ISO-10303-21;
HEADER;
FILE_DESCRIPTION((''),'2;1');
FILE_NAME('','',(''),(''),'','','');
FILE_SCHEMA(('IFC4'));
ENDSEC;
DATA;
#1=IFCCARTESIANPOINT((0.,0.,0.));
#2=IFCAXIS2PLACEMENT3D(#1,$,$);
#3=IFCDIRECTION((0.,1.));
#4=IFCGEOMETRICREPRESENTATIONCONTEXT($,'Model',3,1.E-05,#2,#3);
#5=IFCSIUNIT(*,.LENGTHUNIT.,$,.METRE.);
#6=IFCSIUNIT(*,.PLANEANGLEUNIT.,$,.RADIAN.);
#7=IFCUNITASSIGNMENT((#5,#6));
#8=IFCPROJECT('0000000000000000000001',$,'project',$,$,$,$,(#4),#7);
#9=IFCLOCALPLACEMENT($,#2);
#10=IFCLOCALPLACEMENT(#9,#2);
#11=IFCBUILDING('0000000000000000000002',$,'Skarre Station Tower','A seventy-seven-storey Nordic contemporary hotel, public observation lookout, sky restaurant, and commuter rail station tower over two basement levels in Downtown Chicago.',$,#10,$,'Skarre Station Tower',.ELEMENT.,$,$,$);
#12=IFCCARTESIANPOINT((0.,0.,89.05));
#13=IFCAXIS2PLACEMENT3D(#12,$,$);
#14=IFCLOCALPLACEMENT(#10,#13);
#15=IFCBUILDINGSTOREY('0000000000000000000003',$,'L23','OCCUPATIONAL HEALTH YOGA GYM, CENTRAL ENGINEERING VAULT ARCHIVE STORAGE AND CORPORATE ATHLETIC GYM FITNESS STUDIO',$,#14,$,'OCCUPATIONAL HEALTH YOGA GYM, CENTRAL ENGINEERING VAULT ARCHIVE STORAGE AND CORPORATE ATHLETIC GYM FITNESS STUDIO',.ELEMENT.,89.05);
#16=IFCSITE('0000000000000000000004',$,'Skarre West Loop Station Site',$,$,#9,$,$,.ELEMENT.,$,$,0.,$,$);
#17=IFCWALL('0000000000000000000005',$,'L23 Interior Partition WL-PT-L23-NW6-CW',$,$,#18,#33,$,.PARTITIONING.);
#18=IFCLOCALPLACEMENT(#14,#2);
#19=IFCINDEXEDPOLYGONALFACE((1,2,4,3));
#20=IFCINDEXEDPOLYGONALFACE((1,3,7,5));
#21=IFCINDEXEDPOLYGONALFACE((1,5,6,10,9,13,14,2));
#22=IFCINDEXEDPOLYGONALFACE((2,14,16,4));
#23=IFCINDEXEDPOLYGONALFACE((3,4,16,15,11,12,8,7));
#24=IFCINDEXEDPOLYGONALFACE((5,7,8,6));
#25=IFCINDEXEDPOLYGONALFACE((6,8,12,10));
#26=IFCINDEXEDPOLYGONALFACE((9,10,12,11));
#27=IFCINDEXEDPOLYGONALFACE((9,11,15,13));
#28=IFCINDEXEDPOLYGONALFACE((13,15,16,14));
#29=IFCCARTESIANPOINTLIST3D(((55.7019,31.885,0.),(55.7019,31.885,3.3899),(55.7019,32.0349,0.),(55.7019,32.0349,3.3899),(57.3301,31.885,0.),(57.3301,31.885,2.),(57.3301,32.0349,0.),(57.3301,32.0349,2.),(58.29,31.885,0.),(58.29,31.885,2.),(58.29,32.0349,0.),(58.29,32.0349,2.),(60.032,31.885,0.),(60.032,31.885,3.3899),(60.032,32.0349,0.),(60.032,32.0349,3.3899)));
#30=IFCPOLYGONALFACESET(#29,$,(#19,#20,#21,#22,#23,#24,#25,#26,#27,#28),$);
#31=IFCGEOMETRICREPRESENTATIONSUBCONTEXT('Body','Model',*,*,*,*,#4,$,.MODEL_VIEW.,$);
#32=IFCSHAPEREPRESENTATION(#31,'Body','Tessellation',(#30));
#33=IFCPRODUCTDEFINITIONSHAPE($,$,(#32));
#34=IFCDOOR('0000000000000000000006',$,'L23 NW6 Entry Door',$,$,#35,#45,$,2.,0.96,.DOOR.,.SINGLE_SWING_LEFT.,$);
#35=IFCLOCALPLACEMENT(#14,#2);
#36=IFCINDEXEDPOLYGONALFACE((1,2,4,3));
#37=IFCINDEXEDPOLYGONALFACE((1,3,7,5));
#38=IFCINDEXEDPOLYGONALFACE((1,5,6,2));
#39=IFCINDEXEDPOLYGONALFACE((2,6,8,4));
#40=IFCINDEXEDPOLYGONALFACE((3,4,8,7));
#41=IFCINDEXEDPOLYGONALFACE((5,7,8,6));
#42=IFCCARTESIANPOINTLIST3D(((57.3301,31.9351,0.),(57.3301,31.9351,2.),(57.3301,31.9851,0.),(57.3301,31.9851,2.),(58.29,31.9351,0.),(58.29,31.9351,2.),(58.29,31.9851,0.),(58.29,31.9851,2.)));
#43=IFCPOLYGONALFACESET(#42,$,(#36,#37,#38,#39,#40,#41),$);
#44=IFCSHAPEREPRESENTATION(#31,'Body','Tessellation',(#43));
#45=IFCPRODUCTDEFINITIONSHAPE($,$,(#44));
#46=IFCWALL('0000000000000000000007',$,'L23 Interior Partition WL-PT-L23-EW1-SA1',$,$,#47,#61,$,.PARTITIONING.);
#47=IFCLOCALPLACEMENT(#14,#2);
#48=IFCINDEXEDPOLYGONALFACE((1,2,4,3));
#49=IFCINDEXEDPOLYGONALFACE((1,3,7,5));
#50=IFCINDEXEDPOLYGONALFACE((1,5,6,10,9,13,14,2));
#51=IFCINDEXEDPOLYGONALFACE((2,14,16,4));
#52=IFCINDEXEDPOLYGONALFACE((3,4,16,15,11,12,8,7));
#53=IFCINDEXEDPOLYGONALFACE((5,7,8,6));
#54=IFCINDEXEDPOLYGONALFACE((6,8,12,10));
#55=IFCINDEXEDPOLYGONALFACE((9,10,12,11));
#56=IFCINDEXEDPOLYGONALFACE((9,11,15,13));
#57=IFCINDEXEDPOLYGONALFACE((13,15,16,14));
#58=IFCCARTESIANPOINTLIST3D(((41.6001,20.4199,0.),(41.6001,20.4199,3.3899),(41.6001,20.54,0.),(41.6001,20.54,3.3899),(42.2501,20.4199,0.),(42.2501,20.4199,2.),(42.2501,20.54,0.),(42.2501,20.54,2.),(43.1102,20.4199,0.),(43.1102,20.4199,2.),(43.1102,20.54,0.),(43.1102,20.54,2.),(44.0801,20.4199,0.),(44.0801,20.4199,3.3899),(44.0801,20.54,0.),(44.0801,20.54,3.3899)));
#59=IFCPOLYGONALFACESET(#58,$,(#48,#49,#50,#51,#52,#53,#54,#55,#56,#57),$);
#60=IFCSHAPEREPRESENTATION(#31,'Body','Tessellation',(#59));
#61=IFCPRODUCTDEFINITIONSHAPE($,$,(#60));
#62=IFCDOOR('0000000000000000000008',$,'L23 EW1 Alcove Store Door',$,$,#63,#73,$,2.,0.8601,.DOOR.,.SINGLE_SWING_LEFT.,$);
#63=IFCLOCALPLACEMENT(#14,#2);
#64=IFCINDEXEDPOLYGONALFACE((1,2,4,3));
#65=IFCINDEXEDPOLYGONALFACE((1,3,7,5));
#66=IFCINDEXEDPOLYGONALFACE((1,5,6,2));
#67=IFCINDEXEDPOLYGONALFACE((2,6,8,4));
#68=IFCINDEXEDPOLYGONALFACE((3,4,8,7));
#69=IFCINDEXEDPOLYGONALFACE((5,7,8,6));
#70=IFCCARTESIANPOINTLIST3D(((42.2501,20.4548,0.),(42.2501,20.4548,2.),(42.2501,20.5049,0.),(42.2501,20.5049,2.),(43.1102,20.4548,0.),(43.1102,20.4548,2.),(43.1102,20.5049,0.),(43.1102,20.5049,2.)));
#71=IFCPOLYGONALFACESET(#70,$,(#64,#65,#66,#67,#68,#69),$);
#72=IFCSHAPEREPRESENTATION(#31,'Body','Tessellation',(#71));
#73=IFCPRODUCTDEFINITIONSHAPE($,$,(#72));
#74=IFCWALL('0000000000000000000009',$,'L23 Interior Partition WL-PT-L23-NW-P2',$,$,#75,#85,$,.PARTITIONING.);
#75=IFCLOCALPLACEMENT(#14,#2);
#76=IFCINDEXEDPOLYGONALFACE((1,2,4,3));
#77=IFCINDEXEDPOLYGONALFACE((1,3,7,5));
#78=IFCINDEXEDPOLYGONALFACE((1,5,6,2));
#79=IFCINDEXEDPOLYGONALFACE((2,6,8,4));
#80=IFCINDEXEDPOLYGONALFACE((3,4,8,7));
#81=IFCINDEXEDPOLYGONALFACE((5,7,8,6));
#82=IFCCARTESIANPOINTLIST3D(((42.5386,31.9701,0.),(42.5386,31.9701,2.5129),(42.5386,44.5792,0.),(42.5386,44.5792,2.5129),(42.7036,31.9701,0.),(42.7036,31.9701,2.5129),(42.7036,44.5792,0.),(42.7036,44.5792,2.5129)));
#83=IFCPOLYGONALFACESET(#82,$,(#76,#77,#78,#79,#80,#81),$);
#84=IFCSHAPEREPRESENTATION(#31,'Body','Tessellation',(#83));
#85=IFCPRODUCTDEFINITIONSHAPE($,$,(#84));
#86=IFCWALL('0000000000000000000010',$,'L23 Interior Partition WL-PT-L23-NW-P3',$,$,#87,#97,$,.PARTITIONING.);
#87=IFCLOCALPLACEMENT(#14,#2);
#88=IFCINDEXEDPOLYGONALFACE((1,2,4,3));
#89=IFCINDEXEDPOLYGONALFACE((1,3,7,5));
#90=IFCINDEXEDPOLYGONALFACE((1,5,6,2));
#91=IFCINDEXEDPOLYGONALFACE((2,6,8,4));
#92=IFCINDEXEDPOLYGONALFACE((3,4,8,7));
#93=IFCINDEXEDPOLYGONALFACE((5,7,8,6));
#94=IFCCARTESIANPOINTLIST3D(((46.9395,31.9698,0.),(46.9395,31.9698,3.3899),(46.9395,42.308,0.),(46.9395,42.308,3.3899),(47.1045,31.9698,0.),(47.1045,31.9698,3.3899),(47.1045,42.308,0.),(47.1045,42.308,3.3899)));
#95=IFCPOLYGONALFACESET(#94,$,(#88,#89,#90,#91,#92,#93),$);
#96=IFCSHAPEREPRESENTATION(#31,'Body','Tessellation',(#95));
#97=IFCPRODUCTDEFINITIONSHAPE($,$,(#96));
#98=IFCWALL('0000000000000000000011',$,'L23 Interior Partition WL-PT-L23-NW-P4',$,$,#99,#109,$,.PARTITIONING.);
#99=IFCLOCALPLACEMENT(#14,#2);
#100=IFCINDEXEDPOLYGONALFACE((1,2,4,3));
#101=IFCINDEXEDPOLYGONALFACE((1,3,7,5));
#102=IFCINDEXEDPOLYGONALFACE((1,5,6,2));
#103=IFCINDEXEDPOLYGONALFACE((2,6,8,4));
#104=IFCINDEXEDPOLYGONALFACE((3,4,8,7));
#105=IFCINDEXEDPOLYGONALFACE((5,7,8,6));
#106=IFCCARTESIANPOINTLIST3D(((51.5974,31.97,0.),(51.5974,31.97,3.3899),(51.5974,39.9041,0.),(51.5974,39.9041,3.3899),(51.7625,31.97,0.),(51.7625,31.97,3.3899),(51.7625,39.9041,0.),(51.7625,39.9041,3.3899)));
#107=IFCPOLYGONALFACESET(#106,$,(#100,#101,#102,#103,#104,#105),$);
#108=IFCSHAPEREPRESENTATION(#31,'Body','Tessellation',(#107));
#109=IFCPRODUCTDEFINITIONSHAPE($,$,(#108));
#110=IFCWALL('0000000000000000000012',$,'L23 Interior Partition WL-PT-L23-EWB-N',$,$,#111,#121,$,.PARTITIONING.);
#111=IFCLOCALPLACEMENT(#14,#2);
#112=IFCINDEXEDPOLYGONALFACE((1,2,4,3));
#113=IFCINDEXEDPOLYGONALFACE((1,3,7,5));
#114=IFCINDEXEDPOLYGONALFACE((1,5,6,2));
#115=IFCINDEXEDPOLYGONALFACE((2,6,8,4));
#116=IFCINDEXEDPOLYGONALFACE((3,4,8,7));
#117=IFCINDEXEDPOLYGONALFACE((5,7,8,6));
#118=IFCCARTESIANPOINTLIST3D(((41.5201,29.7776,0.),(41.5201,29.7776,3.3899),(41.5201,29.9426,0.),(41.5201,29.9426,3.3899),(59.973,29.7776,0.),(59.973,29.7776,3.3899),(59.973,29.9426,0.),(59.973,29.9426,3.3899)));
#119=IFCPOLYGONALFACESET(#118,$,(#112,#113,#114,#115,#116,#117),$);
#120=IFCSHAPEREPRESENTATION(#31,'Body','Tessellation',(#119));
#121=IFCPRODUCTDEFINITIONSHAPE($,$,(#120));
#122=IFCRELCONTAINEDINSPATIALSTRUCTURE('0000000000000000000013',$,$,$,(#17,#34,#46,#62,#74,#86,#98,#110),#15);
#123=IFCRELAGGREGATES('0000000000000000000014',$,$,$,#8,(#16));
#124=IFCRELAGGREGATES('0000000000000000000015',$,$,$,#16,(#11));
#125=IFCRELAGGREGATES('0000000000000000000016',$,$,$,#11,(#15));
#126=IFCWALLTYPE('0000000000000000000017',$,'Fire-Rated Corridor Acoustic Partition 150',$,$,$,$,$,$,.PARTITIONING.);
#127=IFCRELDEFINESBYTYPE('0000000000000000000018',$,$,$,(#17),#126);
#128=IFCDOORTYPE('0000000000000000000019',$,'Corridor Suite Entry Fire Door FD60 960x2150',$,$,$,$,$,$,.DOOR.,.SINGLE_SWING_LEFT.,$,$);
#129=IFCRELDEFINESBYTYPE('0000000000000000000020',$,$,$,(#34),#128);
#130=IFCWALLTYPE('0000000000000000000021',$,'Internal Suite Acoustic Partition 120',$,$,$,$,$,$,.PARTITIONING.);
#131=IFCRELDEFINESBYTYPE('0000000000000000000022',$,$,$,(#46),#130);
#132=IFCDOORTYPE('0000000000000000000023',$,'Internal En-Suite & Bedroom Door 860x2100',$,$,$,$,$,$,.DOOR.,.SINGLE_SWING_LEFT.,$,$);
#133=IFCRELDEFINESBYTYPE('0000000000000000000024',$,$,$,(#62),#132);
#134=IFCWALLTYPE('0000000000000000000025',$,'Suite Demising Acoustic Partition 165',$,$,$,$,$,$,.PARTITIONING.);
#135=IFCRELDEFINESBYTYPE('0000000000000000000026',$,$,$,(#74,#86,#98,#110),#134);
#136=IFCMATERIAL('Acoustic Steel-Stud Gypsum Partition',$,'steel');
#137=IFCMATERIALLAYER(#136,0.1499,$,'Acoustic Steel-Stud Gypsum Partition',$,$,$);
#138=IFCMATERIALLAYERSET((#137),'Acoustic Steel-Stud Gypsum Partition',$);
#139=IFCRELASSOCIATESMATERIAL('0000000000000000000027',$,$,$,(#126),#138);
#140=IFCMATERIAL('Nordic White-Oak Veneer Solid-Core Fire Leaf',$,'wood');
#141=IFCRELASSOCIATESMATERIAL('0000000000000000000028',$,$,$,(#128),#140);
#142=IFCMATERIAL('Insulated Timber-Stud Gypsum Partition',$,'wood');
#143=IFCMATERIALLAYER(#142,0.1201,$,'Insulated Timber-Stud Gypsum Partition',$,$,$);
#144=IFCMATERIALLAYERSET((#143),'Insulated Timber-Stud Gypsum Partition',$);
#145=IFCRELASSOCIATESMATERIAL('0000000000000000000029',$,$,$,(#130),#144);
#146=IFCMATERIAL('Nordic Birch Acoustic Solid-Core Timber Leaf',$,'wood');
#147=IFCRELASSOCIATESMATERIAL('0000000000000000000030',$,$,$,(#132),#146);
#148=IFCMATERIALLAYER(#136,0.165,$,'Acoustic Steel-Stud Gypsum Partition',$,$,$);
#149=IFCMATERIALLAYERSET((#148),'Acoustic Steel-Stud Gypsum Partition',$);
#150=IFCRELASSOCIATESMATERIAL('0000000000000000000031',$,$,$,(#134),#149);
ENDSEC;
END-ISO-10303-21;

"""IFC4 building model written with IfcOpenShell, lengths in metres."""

from ifc_helpers import new_model, si_unit, direction, frame, frame_2d, origin, place, context, subcontext, project, spatial, rectangle, extrude, material, layer, layer_set, type_object, element, fill, save


model = new_model("IFC4")

# Units and contexts
model_context = context("Model", 3, precision=1e-05, world=origin(), true_north=direction((0.0, 1.0)))
body_context = subcontext(model_context, "Body", "Model", "MODEL_VIEW")
ifc_project = project(units=[si_unit("LENGTHUNIT", "METRE"), si_unit("PLANEANGLEUNIT", "RADIAN")], contexts=[model_context])

# Site, building, storey
site_placement = place(None, origin())
site = spatial("IfcSite", under=ifc_project, at=site_placement, Name="Skarre West Loop Station Site", CompositionType="ELEMENT", RefElevation=0.0)
building_placement = place(site_placement, origin())
building = spatial("IfcBuilding", under=site, at=building_placement, Name="Skarre Station Tower", Description="A seventy-seven-storey Nordic contemporary hotel, public observation lookout, sky restaurant, and commuter rail station tower over two basement levels in Downtown Chicago.", LongName="Skarre Station Tower", CompositionType="ELEMENT")
storey_placement = place(building_placement, frame((0.0, 0.0, 89.05)))
storey = spatial("IfcBuildingStorey", under=building, at=storey_placement, Name="L23", Description="OCCUPATIONAL HEALTH YOGA GYM, CENTRAL ENGINEERING VAULT ARCHIVE STORAGE AND CORPORATE ATHLETIC GYM FITNESS STUDIO", LongName="OCCUPATIONAL HEALTH YOGA GYM, CENTRAL ENGINEERING VAULT ARCHIVE STORAGE AND CORPORATE ATHLETIC GYM FITNESS STUDIO", CompositionType="ELEMENT", Elevation=89.05)

# Walls, openings, doors
ifc_material_1 = material(Name="Acoustic Steel-Stud Gypsum Partition", Category="steel")
ifc_layer_1 = layer(ifc_material_1, 0.1499, Name="Acoustic Steel-Stud Gypsum Partition")
ifc_layer_set_1 = layer_set([ifc_layer_1], Name="Acoustic Steel-Stud Gypsum Partition")
wall_type_1 = type_object("IfcWallType", Name="Fire-Rated Corridor Acoustic Partition 150", PredefinedType="PARTITIONING", material=ifc_layer_set_1)
ifc_material_2 = material(Name="Nordic White-Oak Veneer Solid-Core Fire Leaf", Category="wood")
door_type_1 = type_object("IfcDoorType", Name="Corridor Suite Entry Fire Door FD60 960x2150", OperationType="SINGLE_SWING_LEFT", PredefinedType="DOOR", material=ifc_material_2)
wall_1_placement = place(storey_placement, frame((60.032, 31.96, 0.0), z_axis=(0.0, 0.0, 1.0), x_axis=(-1.0, 0.0, 0.0)))
wall_1 = element("IfcWall", 1, at=wall_1_placement, inside=storey, type_object=wall_type_1, Name="L23 Interior Partition WL-PT-L23-NW6-CW", PredefinedType="PARTITIONING", context=body_context, shape_type="SweptSolid", body=[
    extrude(rectangle(XDim=4.3301, YDim=0.1499, at=frame_2d((2.165, 0.0))), origin(), (0.0, 0.0, 1.0), 3.3899),
])
opening_1_placement = place(wall_1_placement, frame((1.7419, 0.0, 0.0)))
opening_1 = element("IfcOpeningElement", 2, at=opening_1_placement, cuts=wall_1, PredefinedType="OPENING", context=body_context, shape_type="SweptSolid", body=[
    extrude(rectangle(XDim=0.96, YDim=2.0, at=frame_2d((0.48, 1.0))), frame((0.0, 0.085, 0.0), z_axis=(0.0, -1.0, 0.0), x_axis=(1.0, 0.0, 0.0)), (0.0, 0.0, 1.0), 0.1699),
])
door_1_placement = place(opening_1_placement, origin())
door_1 = element("IfcDoor", 3, at=door_1_placement, inside=storey, type_object=door_type_1, Name="L23 NW6 Entry Door", OperationType="SINGLE_SWING_LEFT", OverallHeight=2.0, OverallWidth=0.96, PredefinedType="DOOR", context=body_context, shape_type="SweptSolid", body=[
    extrude(rectangle(XDim=0.96, YDim=2.0, at=frame_2d((0.48, 1.0))), frame((0.0, 0.0249, 0.0), z_axis=(0.0, -1.0, 0.0), x_axis=(1.0, 0.0, 0.0)), (0.0, 0.0, 1.0), 0.05),
])
fill(opening_1, door_1)
ifc_material_3 = material(Name="Insulated Timber-Stud Gypsum Partition", Category="wood")
ifc_layer_2 = layer(ifc_material_3, 0.1201, Name="Insulated Timber-Stud Gypsum Partition")
ifc_layer_set_2 = layer_set([ifc_layer_2], Name="Insulated Timber-Stud Gypsum Partition")
wall_type_2 = type_object("IfcWallType", Name="Internal Suite Acoustic Partition 120", PredefinedType="PARTITIONING", material=ifc_layer_set_2)
wall_2_placement = place(storey_placement, frame((41.6001, 20.48, 0.0), z_axis=(0.0, 0.0, 1.0), x_axis=(1.0, 0.0, 0.0)))
wall_2 = element("IfcWall", 4, at=wall_2_placement, inside=storey, type_object=wall_type_2, Name="L23 Interior Partition WL-PT-L23-EW1-SA1", PredefinedType="PARTITIONING", context=body_context, shape_type="SweptSolid", body=[
    extrude(rectangle(XDim=2.48, YDim=0.1201, at=frame_2d((1.24, 0.0))), origin(), (0.0, 0.0, 1.0), 3.3899),
])
opening_2_placement = place(wall_2_placement, frame((0.6499, 0.0, 0.0)))
opening_2 = element("IfcOpeningElement", 5, at=opening_2_placement, cuts=wall_2, PredefinedType="OPENING", context=body_context, shape_type="SweptSolid", body=[
    extrude(rectangle(XDim=0.8601, YDim=2.0, at=frame_2d((0.4302, 1.0))), frame((0.0, 0.0701, 0.0), z_axis=(0.0, -1.0, 0.0), x_axis=(1.0, 0.0, 0.0)), (0.0, 0.0, 1.0), 0.1401),
])
ifc_material_4 = material(Name="Nordic Birch Acoustic Solid-Core Timber Leaf", Category="wood")
door_type_2 = type_object("IfcDoorType", Name="Internal En-Suite & Bedroom Door 860x2100", OperationType="SINGLE_SWING_LEFT", PredefinedType="DOOR", material=ifc_material_4)
door_2_placement = place(opening_2_placement, origin())
door_2 = element("IfcDoor", 6, at=door_2_placement, inside=storey, type_object=door_type_2, Name="L23 EW1 Alcove Store Door", OperationType="SINGLE_SWING_LEFT", OverallHeight=2.0, OverallWidth=0.8601, PredefinedType="DOOR", context=body_context, shape_type="SweptSolid", body=[
    extrude(rectangle(XDim=0.8601, YDim=2.0, at=frame_2d((0.4302, 1.0))), frame((0.0, 0.0249, 0.0), z_axis=(0.0, -1.0, 0.0), x_axis=(1.0, 0.0, 0.0)), (0.0, 0.0, 1.0), 0.05),
])
fill(opening_2, door_2)

# Walls
ifc_layer_3 = layer(ifc_material_1, 0.165, Name="Acoustic Steel-Stud Gypsum Partition")
ifc_layer_set_3 = layer_set([ifc_layer_3], Name="Acoustic Steel-Stud Gypsum Partition")
wall_type_3 = type_object("IfcWallType", Name="Suite Demising Acoustic Partition 165", PredefinedType="PARTITIONING", material=ifc_layer_set_3)
wall_3_placement = place(storey_placement, frame((42.6211, 31.97, 0.0), z_axis=(0.0, 0.0, 1.0), x_axis=(0.0, 1.0, 0.0)))
element("IfcWall", 7, at=wall_3_placement, inside=storey, type_object=wall_type_3, Name="L23 Interior Partition WL-PT-L23-NW-P2", PredefinedType="PARTITIONING", context=body_context, shape_type="SweptSolid", body=[
    extrude(rectangle(XDim=12.6091, YDim=0.165, at=frame_2d((6.3047, 0.0))), origin(), (0.0, 0.0, 1.0), 2.5129),
])
wall_4_placement = place(storey_placement, frame((47.022, 31.97, 0.0), z_axis=(0.0, 0.0, 1.0), x_axis=(0.0, 1.0, 0.0)))
element("IfcWall", 8, at=wall_4_placement, inside=storey, type_object=wall_type_3, Name="L23 Interior Partition WL-PT-L23-NW-P3", PredefinedType="PARTITIONING", context=body_context, shape_type="SweptSolid", body=[
    extrude(rectangle(XDim=10.3381, YDim=0.165, at=frame_2d((5.1689, 0.0))), origin(), (0.0, 0.0, 1.0), 3.3899),
])
wall_5_placement = place(storey_placement, frame((51.6799, 31.97, 0.0), z_axis=(0.0, 0.0, 1.0), x_axis=(0.0, 1.0, 0.0)))
element("IfcWall", 9, at=wall_5_placement, inside=storey, type_object=wall_type_3, Name="L23 Interior Partition WL-PT-L23-NW-P4", PredefinedType="PARTITIONING", context=body_context, shape_type="SweptSolid", body=[
    extrude(rectangle(XDim=7.9341, YDim=0.165, at=frame_2d((3.967, 0.0))), origin(), (0.0, 0.0, 1.0), 3.3899),
])
wall_6_placement = place(storey_placement, frame((41.52, 29.8601, 0.0), z_axis=(0.0, 0.0, 1.0), x_axis=(1.0, 0.0, 0.0)))
element("IfcWall", 10, at=wall_6_placement, inside=storey, type_object=wall_type_3, Name="L23 Interior Partition WL-PT-L23-EWB-N", PredefinedType="PARTITIONING", context=body_context, shape_type="SweptSolid", body=[
    extrude(rectangle(XDim=18.4529, YDim=0.165, at=frame_2d((9.2266, 0.0))), origin(), (0.0, 0.0, 1.0), 3.3899),
])

save(model, "model.ifc")
